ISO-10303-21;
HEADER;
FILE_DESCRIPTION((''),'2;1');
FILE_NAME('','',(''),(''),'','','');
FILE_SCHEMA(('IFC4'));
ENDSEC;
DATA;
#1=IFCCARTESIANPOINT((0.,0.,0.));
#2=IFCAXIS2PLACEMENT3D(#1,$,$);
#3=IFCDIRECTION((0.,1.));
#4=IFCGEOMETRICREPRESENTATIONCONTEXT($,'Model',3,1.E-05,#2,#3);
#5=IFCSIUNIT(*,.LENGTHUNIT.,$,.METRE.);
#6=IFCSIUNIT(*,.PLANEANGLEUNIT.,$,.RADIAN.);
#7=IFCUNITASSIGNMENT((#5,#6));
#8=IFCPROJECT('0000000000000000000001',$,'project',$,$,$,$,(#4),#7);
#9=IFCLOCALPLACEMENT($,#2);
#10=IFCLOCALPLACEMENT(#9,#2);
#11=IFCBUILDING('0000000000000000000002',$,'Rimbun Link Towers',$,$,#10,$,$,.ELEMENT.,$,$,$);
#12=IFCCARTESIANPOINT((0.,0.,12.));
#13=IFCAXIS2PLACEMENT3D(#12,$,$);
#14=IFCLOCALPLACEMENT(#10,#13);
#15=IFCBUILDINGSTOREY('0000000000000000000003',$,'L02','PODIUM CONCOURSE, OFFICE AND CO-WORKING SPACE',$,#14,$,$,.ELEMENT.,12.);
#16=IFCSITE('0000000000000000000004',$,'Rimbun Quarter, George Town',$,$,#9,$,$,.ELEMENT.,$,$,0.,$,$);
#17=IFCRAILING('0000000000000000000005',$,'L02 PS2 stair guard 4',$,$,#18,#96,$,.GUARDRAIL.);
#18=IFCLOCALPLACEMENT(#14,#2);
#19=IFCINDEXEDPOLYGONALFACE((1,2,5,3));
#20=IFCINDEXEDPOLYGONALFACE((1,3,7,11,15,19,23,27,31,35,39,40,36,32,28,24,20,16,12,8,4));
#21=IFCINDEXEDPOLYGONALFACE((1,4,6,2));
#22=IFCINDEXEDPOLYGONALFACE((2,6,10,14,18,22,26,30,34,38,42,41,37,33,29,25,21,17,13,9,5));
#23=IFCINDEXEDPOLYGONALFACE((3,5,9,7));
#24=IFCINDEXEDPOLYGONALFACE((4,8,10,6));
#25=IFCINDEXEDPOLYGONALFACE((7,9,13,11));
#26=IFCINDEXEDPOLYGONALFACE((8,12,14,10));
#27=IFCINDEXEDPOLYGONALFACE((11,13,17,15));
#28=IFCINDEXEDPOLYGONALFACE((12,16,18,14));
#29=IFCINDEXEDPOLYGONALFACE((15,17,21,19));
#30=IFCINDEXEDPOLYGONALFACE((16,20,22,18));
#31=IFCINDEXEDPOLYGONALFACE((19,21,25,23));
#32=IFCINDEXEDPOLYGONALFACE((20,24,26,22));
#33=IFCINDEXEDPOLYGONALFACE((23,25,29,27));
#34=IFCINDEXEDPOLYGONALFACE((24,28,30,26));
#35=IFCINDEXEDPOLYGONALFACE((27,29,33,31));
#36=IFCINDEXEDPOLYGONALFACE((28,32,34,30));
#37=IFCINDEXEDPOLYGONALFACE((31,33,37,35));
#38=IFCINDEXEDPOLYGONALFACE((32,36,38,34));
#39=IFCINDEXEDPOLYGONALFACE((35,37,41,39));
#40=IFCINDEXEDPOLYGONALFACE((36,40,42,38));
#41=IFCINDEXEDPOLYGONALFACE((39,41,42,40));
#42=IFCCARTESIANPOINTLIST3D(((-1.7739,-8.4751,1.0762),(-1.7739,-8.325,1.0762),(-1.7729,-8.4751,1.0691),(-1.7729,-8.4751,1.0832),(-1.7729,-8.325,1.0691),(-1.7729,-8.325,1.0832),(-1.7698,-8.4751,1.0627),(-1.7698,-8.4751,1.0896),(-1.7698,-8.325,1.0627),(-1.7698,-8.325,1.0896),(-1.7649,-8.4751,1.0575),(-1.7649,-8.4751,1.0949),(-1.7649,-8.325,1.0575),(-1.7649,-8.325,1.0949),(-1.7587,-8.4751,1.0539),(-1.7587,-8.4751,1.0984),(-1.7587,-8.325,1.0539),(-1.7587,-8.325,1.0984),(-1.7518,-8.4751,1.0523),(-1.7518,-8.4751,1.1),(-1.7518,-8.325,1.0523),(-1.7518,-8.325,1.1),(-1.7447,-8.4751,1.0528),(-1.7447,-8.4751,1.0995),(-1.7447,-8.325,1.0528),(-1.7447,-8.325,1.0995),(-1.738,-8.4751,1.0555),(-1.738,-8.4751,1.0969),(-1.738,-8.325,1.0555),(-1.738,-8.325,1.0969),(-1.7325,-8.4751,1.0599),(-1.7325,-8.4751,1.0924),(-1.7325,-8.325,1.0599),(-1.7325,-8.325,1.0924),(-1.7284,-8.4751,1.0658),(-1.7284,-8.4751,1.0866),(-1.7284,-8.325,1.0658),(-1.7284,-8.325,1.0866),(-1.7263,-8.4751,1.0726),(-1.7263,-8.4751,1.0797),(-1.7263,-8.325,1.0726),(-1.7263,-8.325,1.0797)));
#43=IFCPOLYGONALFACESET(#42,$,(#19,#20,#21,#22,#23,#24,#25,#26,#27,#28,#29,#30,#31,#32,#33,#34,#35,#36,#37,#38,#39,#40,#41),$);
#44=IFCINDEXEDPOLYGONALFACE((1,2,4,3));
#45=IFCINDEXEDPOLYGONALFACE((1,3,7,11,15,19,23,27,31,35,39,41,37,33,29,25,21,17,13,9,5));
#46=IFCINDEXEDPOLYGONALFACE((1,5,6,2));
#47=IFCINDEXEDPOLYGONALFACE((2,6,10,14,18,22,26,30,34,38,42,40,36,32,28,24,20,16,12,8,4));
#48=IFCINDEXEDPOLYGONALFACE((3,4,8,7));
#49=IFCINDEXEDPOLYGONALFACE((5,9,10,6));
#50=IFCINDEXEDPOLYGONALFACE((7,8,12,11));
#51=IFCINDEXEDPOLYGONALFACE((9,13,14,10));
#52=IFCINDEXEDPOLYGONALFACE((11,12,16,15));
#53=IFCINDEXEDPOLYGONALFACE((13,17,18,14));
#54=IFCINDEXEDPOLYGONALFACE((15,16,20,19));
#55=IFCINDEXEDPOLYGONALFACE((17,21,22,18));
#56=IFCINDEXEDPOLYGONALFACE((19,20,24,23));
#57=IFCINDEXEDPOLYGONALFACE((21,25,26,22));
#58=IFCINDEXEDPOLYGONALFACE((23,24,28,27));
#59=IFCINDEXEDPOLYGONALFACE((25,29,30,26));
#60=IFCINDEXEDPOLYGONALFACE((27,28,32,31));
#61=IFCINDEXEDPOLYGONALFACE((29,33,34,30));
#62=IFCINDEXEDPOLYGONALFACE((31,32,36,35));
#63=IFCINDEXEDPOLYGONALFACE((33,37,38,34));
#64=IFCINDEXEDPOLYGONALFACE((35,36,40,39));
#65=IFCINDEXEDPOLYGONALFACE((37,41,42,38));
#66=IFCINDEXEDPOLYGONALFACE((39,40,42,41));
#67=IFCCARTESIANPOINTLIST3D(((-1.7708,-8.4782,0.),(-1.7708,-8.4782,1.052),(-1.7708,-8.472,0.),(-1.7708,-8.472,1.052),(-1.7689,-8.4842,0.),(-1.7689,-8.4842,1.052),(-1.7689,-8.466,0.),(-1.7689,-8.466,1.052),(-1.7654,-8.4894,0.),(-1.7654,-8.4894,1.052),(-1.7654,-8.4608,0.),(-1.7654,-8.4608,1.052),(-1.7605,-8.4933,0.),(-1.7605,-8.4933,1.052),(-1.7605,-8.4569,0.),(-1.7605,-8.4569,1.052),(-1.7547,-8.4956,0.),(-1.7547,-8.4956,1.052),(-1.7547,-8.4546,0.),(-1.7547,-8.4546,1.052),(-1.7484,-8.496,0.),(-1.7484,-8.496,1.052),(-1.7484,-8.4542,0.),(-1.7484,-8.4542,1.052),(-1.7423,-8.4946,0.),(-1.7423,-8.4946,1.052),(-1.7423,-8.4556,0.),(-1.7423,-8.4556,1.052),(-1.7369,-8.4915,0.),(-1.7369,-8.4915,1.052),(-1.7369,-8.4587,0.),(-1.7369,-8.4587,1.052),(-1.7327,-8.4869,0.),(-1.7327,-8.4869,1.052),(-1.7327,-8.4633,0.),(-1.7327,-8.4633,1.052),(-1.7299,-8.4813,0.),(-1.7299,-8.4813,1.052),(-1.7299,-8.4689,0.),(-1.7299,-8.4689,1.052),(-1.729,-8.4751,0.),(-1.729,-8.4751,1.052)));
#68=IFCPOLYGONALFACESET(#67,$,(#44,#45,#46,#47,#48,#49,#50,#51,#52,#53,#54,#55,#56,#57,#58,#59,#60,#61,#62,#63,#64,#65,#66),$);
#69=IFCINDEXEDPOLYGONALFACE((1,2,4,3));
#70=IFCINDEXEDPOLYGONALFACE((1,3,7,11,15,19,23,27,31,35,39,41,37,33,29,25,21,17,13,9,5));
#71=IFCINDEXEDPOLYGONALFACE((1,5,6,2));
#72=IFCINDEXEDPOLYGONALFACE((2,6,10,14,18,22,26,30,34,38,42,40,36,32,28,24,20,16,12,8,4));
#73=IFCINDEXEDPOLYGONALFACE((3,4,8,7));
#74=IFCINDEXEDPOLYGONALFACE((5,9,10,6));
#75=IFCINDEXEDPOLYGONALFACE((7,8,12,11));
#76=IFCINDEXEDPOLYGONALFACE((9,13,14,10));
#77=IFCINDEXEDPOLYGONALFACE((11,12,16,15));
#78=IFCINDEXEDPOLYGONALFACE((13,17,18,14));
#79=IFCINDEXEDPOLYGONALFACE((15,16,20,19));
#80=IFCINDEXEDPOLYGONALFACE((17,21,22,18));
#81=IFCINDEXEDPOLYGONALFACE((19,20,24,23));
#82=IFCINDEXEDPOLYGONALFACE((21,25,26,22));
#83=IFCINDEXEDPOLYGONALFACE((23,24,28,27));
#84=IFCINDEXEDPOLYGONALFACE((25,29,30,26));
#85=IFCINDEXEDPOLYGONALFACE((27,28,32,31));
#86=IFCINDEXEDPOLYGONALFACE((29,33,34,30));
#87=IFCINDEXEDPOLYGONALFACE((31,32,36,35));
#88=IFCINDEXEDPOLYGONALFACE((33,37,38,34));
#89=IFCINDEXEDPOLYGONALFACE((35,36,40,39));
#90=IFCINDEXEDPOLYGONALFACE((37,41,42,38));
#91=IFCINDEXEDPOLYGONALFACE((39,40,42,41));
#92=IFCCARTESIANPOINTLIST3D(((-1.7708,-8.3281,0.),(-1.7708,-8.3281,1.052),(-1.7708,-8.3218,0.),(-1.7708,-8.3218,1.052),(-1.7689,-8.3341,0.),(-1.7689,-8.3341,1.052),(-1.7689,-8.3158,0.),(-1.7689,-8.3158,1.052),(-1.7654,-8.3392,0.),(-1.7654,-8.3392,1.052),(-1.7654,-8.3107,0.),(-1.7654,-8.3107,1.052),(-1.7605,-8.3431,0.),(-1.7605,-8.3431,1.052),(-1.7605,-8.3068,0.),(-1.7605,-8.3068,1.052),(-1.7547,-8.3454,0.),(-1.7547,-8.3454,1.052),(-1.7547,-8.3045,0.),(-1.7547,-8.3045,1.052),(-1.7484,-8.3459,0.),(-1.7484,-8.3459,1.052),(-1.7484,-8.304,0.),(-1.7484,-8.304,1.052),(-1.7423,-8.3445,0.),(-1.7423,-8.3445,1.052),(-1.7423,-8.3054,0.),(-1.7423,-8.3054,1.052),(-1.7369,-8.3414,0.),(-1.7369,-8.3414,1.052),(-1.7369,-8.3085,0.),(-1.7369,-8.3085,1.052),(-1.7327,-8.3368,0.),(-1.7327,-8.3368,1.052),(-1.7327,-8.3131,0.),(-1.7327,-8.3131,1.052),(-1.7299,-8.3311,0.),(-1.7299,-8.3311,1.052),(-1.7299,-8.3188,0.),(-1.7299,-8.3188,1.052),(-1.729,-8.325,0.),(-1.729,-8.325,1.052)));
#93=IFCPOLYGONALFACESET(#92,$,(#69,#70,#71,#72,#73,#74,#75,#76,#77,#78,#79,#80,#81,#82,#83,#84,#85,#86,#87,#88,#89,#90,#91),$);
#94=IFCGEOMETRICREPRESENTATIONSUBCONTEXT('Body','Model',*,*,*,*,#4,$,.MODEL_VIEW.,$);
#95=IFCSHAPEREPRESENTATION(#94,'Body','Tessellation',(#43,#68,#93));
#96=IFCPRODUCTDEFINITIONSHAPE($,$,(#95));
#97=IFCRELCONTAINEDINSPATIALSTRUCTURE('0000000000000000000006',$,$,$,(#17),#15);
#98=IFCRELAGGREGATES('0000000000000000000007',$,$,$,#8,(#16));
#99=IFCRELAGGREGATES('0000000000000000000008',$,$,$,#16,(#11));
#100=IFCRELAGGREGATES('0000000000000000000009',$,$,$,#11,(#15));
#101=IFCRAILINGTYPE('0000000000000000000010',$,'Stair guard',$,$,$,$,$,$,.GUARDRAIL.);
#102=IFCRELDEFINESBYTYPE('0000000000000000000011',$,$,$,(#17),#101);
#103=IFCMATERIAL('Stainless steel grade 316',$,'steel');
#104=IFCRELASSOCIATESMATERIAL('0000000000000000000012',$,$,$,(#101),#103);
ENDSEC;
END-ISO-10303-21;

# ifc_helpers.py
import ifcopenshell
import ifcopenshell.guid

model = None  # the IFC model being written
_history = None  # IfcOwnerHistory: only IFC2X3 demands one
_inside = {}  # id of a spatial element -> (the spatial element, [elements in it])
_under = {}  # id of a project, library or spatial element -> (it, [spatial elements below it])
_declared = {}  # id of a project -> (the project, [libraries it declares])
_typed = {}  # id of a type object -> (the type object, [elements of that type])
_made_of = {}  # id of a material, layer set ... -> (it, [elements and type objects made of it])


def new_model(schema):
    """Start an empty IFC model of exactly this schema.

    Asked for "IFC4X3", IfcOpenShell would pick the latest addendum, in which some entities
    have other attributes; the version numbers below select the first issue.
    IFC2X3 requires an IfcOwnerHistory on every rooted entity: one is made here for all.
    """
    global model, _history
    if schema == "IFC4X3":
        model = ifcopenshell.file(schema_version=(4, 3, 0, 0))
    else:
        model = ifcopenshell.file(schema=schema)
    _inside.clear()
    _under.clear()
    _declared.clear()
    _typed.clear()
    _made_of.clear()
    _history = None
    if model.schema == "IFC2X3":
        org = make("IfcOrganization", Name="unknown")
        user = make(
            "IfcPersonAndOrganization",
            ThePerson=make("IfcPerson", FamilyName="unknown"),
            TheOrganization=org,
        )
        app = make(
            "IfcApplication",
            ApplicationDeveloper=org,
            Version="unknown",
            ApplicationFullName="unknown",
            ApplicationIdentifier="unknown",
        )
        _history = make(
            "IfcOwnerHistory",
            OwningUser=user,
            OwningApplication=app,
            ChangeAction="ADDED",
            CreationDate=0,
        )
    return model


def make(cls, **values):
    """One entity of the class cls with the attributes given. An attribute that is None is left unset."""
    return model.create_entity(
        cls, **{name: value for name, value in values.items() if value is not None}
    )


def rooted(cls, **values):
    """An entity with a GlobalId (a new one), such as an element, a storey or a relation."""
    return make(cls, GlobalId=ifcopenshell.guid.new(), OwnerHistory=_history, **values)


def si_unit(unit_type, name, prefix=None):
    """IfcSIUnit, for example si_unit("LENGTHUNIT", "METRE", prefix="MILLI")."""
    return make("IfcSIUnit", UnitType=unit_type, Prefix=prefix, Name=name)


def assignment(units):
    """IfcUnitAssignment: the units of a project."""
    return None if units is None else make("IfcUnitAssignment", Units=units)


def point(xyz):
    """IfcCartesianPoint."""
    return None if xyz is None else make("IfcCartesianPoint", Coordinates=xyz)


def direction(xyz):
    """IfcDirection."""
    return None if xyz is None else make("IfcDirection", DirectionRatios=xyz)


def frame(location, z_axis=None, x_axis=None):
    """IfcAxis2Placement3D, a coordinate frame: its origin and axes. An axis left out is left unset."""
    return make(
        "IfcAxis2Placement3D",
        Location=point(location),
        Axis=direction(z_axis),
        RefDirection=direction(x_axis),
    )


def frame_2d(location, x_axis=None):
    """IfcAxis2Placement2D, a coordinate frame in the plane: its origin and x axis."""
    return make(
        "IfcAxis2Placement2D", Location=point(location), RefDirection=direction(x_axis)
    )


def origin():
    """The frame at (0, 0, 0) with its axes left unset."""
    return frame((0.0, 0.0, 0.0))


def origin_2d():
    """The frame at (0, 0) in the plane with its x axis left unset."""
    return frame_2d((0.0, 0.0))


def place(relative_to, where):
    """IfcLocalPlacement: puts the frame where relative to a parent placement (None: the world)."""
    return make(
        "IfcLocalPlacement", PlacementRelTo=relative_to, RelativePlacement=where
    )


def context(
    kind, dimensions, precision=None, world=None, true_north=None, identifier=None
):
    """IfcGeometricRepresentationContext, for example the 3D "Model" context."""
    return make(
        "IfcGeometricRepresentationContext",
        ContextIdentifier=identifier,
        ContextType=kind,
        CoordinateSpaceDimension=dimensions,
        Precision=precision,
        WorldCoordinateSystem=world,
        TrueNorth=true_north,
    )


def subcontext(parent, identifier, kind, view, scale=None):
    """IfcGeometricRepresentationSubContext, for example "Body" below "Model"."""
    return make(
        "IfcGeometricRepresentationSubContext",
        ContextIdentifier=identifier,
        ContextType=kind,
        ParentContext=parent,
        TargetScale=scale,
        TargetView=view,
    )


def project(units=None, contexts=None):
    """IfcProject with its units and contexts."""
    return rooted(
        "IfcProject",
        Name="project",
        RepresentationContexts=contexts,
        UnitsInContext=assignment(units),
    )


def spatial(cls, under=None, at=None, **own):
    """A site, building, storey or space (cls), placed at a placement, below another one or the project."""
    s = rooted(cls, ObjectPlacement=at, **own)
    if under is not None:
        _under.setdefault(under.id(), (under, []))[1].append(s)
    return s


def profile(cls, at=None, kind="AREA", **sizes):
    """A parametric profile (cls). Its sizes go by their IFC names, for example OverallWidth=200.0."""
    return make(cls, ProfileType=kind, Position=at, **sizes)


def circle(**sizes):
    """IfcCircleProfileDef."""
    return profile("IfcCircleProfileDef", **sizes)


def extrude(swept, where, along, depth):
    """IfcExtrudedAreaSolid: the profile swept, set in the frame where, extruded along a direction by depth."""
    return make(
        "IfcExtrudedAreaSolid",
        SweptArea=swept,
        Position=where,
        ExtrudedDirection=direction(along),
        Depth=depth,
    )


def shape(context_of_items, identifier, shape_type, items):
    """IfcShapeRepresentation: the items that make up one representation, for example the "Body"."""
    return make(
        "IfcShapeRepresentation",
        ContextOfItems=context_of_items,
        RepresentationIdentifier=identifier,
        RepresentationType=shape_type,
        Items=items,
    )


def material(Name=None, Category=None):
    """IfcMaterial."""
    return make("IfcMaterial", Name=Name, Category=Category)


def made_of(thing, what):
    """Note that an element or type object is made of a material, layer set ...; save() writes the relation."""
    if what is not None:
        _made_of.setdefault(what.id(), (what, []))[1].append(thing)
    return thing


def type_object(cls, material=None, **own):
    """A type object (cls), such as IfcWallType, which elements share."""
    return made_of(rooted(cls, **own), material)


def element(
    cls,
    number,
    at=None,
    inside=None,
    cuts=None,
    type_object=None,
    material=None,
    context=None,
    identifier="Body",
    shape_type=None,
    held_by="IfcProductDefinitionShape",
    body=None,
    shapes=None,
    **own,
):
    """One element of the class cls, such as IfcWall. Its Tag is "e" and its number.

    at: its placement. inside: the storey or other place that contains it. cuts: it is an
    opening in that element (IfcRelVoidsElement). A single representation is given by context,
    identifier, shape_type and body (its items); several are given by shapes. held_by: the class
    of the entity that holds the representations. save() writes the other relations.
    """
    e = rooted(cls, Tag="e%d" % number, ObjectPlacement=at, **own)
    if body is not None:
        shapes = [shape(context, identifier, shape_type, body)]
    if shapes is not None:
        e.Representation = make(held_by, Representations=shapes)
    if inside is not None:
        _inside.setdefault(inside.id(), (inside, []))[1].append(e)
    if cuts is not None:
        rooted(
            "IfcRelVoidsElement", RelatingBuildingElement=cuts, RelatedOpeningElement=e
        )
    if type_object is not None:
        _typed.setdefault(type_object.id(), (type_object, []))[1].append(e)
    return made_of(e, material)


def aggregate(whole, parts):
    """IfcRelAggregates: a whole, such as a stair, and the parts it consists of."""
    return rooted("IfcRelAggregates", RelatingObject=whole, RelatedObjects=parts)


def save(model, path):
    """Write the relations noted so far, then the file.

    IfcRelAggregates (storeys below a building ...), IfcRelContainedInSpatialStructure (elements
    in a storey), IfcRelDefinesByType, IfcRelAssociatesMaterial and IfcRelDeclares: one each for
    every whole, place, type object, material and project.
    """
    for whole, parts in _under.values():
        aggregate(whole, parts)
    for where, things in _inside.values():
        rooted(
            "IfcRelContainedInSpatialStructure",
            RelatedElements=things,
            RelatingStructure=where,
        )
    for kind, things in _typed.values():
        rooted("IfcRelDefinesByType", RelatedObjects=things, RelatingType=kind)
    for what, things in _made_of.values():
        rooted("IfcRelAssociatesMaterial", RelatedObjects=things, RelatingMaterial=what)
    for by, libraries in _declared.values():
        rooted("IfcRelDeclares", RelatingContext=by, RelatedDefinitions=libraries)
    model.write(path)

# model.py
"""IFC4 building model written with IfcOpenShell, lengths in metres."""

from ifc_helpers import new_model, si_unit, direction, frame, origin, origin_2d, place, context, subcontext, project, spatial, circle, extrude, material, type_object, element, save


model = new_model("IFC4")

# Units and contexts
model_context = context("Model", 3, precision=1e-05, world=origin(), true_north=direction((0.0, 1.0)))
body_context = subcontext(model_context, "Body", "Model", "MODEL_VIEW")
ifc_project = project(units=[si_unit("LENGTHUNIT", "METRE"), si_unit("PLANEANGLEUNIT", "RADIAN")], contexts=[model_context])

# Site, building, storey
site_placement = place(None, origin())
site = spatial("IfcSite", under=ifc_project, at=site_placement, Name="Rimbun Quarter, George Town", CompositionType="ELEMENT", RefElevation=0.0)
building_placement = place(site_placement, origin())
building = spatial("IfcBuilding", under=site, at=building_placement, Name="Rimbun Link Towers", CompositionType="ELEMENT")
storey_placement = place(building_placement, frame((0.0, 0.0, 12.0)))
storey = spatial("IfcBuildingStorey", under=building, at=storey_placement, Name="L02", Description="PODIUM CONCOURSE, OFFICE AND CO-WORKING SPACE", CompositionType="ELEMENT", Elevation=12.0)

# Railing
ifc_material_1 = material(Name="Stainless steel grade 316", Category="steel")
railing_type_1 = type_object("IfcRailingType", Name="Stair guard", PredefinedType="GUARDRAIL", material=ifc_material_1)
railing_1_placement = place(storey_placement, frame((-1.75, -8.4751, 0.0)))
element("IfcRailing", 1, at=railing_1_placement, inside=storey, type_object=railing_type_1, Name="L02 PS2 stair guard 4", PredefinedType="GUARDRAIL", context=body_context, shape_type="SweptSolid", body=[
    extrude(circle(Radius=0.0239, at=origin_2d()), frame((0.0, 0.0, 1.0762), z_axis=(0.0, 1.0, 0.0), x_axis=(-1.0, 0.0, 0.0)), (0.0, 0.0, 1.0), 0.1501),
    extrude(circle(Radius=0.021, at=origin_2d()), origin(), (0.0, 0.0, 1.0), 1.052),
    extrude(circle(Radius=0.021, at=origin_2d()), frame((0.0, 0.1501, 0.0)), (0.0, 0.0, 1.0), 1.052),
])

save(model, "model.ifc")
